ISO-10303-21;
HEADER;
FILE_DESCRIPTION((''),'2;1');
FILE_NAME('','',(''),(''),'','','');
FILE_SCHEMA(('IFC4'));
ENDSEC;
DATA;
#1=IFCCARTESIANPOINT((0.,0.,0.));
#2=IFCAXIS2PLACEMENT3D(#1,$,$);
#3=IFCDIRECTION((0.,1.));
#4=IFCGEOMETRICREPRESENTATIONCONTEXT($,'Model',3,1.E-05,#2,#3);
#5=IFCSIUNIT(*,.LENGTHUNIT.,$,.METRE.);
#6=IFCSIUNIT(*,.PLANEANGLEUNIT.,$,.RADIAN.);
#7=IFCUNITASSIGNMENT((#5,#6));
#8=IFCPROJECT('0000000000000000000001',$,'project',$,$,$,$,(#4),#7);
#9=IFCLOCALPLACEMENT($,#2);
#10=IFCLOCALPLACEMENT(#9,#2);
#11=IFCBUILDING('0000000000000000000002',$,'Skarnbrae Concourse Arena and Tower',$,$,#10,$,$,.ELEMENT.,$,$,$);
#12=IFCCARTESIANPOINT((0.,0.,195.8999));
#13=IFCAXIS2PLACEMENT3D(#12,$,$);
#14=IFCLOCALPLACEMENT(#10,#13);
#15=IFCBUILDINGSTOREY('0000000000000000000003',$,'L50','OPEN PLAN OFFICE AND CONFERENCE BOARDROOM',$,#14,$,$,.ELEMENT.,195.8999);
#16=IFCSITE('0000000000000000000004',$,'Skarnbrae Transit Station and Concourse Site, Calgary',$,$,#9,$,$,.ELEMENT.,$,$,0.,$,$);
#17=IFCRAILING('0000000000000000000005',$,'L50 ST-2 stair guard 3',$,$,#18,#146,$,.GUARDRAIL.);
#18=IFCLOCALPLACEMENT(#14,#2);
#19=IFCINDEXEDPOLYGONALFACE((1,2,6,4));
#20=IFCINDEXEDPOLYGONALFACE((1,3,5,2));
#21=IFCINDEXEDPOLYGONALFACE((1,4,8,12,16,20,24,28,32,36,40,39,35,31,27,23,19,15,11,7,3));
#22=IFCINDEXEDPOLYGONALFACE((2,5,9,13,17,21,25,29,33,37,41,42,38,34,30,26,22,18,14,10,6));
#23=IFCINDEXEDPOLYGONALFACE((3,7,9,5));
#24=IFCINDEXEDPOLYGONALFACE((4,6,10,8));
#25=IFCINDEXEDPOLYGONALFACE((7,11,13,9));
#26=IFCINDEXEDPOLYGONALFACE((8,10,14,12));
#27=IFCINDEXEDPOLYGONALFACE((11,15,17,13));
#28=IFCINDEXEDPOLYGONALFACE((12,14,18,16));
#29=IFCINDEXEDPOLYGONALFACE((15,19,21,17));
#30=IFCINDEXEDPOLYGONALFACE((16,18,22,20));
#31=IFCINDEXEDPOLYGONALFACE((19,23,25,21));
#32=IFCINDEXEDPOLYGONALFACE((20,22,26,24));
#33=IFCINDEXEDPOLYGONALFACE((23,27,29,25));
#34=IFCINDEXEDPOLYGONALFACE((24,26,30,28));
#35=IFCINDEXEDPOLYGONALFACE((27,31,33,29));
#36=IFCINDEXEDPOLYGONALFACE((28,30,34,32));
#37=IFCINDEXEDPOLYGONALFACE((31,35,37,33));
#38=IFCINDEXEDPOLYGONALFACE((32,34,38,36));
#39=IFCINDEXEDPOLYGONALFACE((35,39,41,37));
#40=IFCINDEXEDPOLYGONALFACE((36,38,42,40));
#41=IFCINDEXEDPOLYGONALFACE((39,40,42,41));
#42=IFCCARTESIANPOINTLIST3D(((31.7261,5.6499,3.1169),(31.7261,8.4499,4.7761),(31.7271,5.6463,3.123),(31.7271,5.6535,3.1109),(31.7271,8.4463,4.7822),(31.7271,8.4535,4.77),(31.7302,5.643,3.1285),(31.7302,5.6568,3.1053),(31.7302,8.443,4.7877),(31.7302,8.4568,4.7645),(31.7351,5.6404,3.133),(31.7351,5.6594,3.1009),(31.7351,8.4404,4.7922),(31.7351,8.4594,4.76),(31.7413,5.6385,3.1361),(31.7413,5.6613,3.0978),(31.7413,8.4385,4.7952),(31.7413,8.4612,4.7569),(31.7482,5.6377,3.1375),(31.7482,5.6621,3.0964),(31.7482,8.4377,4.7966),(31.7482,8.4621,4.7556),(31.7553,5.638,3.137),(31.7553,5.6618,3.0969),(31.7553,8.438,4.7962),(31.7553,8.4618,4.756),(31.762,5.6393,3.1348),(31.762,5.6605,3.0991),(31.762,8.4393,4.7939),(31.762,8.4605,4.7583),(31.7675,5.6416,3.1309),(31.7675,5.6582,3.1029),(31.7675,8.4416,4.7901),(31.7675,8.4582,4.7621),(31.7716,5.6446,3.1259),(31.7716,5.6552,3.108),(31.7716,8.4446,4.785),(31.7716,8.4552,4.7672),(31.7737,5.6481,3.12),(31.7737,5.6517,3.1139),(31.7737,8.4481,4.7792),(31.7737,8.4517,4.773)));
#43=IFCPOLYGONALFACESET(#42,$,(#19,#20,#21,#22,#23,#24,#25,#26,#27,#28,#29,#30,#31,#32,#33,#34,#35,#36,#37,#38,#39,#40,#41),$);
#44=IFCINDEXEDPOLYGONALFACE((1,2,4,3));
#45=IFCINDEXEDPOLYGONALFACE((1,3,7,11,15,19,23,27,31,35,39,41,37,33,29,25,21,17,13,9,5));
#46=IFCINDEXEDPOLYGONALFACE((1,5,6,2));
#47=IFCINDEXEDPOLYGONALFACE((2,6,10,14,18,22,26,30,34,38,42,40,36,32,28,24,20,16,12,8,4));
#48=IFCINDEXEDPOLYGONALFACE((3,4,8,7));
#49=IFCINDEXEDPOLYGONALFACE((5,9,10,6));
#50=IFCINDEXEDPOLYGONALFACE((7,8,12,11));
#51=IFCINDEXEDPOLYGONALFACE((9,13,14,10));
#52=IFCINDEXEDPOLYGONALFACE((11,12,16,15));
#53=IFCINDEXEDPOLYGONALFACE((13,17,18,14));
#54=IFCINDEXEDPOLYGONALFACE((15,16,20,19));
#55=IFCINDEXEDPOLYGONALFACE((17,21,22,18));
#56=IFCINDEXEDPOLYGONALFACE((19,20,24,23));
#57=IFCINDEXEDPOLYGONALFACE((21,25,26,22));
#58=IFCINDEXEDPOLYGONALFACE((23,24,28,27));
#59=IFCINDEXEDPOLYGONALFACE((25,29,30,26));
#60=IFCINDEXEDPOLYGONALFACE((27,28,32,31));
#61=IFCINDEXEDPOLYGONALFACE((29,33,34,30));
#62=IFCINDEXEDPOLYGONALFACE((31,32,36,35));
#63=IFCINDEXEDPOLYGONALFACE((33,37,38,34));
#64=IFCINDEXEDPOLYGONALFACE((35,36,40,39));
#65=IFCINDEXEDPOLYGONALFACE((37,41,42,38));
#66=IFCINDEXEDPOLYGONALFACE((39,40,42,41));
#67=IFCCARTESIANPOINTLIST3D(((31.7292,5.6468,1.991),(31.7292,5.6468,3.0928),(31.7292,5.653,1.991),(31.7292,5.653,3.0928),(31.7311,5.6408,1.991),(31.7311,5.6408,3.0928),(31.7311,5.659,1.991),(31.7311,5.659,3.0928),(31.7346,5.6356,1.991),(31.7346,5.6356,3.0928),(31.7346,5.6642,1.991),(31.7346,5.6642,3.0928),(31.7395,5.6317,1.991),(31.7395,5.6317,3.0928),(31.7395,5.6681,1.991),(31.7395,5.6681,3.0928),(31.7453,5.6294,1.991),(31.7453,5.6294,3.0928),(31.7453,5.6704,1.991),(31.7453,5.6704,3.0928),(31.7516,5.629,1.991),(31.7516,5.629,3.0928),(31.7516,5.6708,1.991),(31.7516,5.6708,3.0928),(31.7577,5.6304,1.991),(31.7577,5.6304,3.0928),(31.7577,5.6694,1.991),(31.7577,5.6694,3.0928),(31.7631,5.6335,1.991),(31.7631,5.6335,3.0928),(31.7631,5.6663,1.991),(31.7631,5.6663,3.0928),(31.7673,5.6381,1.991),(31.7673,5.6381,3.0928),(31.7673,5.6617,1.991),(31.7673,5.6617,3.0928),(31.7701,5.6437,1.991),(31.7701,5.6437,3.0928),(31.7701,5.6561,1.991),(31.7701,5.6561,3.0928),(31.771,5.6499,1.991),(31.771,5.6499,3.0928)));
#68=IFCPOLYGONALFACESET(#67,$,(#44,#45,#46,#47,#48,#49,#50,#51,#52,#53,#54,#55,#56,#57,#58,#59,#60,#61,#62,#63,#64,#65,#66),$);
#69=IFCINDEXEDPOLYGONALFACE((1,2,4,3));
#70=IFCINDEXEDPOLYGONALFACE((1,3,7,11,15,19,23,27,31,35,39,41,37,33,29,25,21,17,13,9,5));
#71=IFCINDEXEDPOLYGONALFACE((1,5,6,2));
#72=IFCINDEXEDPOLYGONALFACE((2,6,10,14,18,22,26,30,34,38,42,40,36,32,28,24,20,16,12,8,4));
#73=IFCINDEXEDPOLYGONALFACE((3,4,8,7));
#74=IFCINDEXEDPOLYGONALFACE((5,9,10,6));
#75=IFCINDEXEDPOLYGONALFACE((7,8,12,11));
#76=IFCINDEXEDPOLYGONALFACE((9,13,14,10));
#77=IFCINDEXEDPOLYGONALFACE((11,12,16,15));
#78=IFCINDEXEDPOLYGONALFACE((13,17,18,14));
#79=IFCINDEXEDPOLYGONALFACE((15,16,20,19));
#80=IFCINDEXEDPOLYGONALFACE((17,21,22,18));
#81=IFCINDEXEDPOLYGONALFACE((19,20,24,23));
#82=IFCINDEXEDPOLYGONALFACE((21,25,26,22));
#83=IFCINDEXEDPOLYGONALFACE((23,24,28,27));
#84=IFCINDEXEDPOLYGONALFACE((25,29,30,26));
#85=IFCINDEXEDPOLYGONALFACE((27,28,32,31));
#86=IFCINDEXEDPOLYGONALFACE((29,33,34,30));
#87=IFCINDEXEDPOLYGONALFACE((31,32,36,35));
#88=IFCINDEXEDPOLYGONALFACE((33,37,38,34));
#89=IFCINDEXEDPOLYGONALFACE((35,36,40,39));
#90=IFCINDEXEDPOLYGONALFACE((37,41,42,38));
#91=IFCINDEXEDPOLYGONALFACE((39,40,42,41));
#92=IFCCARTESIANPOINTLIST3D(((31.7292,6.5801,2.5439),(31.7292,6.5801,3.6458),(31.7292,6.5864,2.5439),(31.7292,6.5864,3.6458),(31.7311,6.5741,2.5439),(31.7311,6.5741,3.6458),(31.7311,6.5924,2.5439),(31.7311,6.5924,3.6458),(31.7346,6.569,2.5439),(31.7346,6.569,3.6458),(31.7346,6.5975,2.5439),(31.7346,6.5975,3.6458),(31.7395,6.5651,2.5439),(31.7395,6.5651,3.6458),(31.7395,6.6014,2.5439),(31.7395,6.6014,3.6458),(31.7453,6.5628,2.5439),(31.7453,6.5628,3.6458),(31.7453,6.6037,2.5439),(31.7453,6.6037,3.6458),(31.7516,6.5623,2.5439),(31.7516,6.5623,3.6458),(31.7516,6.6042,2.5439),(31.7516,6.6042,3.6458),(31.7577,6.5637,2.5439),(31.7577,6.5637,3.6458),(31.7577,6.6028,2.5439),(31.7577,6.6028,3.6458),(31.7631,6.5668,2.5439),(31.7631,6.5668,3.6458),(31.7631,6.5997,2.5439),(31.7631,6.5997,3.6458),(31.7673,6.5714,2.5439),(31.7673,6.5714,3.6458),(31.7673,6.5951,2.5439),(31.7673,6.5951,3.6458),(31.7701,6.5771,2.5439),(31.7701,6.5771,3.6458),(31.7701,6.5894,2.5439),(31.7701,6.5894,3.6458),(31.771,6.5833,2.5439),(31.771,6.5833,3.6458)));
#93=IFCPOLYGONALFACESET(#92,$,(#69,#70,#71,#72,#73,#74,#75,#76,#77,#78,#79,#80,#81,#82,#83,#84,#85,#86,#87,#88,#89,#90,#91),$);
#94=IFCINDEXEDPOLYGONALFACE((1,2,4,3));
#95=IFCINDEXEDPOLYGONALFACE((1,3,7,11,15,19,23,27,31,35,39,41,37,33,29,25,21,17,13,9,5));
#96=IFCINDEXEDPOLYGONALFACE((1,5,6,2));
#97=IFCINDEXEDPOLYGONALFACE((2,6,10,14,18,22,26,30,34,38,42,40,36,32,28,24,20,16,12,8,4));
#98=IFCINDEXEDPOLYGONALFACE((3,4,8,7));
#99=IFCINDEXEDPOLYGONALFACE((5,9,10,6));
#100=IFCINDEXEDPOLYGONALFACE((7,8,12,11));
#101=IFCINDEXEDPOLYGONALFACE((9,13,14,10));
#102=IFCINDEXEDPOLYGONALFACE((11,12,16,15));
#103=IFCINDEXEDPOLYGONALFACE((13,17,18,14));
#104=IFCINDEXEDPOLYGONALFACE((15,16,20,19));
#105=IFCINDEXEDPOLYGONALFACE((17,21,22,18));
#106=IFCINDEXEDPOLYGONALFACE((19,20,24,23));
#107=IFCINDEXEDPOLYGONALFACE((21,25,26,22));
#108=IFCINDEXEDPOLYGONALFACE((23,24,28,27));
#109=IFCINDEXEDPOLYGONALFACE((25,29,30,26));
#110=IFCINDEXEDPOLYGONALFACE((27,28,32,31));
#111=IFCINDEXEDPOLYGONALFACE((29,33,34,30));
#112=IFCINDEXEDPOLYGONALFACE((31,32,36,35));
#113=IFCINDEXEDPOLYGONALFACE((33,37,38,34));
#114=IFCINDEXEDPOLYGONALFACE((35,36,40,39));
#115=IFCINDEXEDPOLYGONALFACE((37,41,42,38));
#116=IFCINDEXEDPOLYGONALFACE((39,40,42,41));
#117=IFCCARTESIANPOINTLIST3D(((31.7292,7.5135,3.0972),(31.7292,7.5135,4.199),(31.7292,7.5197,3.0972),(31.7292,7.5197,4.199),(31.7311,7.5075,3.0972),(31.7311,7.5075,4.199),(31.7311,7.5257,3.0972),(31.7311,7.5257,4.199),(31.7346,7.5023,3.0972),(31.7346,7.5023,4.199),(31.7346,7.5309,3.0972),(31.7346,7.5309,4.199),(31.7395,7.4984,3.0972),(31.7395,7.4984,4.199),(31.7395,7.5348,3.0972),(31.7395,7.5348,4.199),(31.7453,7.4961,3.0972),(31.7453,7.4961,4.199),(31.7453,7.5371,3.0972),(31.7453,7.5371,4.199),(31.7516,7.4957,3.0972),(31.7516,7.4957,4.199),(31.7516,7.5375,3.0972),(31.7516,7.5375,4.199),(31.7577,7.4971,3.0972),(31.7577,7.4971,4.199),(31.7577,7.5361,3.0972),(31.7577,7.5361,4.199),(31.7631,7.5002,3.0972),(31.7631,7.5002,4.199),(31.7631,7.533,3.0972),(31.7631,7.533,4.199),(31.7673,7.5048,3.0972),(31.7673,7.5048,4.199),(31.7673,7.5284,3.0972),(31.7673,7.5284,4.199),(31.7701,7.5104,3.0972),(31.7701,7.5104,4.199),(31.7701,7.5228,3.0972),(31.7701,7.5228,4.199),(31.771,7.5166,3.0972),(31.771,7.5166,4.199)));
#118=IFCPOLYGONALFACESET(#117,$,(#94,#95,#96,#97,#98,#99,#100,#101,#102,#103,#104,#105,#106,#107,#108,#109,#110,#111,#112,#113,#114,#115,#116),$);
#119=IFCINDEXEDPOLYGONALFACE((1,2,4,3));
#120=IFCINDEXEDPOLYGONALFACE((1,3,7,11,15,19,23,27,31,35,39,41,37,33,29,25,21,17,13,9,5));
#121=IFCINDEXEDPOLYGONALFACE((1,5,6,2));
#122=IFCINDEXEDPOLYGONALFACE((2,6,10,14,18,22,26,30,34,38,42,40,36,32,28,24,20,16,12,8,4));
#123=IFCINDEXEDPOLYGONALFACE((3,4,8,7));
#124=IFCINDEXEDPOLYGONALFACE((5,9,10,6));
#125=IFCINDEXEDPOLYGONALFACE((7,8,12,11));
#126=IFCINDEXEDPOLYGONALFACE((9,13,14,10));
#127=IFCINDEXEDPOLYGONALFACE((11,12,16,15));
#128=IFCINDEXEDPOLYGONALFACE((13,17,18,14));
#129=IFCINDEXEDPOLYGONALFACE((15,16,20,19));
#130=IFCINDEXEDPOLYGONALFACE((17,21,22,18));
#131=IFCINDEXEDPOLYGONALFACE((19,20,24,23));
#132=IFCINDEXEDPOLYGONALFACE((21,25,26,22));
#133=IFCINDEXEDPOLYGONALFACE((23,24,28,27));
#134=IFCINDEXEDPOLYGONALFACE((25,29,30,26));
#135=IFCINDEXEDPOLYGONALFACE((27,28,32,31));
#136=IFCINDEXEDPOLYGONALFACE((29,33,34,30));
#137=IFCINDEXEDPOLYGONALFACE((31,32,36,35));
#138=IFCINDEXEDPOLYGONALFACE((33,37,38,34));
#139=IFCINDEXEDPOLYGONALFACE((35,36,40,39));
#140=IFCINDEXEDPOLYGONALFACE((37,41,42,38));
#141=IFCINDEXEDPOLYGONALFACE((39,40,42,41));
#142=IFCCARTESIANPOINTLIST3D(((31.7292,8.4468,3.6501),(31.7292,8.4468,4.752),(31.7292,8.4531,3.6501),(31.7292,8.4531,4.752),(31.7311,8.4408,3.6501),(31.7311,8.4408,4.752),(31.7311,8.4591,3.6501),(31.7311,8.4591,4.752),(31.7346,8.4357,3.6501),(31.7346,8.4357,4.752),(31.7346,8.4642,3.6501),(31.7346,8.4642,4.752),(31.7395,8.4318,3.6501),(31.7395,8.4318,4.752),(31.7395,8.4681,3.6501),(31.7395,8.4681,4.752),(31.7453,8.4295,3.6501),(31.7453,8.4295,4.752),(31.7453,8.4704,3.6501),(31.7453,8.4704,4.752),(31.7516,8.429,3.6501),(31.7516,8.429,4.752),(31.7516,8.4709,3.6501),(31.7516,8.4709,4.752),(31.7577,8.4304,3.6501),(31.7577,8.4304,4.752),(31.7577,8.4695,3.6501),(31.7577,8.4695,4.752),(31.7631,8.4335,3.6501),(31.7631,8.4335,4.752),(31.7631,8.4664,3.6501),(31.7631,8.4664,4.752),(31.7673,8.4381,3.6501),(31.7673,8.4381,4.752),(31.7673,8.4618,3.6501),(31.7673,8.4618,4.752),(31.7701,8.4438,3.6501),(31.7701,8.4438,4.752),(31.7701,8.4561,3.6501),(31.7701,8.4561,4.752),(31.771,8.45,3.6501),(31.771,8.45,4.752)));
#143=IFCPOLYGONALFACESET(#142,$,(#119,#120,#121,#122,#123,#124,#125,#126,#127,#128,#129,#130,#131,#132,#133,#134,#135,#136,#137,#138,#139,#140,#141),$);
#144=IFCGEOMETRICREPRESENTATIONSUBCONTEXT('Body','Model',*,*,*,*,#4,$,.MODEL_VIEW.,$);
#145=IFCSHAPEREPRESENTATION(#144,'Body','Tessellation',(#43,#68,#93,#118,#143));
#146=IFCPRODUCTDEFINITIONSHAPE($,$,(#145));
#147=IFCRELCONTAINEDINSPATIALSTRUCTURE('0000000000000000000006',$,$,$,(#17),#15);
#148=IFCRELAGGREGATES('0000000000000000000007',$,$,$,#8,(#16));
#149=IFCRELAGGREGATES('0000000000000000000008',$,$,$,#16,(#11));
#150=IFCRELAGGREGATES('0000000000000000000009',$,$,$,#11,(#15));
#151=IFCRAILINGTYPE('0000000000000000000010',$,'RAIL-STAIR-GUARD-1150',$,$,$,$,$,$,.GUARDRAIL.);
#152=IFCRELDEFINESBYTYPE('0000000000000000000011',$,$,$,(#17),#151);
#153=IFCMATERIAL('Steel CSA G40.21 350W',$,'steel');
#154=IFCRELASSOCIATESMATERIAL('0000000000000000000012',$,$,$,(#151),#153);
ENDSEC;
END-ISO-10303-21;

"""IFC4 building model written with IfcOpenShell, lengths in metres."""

from ifc_helpers import new_model, si_unit, direction, frame, origin, origin_2d, place, context, subcontext, project, spatial, circle, extrude, material, type_object, element, save


model = new_model("IFC4")

# Units and contexts
model_context = context("Model", 3, precision=1e-05, world=origin(), true_north=direction((0.0, 1.0)))
body_context = subcontext(model_context, "Body", "Model", "MODEL_VIEW")
ifc_project = project(units=[si_unit("LENGTHUNIT", "METRE"), si_unit("PLANEANGLEUNIT", "RADIAN")], contexts=[model_context])

# Site, building, storey
site_placement = place(None, origin())
site = spatial("IfcSite", under=ifc_project, at=site_placement, Name="Skarnbrae Transit Station and Concourse Site, Calgary", CompositionType="ELEMENT", RefElevation=0.0)
building_placement = place(site_placement, origin())
building = spatial("IfcBuilding", under=site, at=building_placement, Name="Skarnbrae Concourse Arena and Tower", CompositionType="ELEMENT")
storey_placement = place(building_placement, frame((0.0, 0.0, 195.8999)))
storey = spatial("IfcBuildingStorey", under=building, at=storey_placement, Name="L50", Description="OPEN PLAN OFFICE AND CONFERENCE BOARDROOM", CompositionType="ELEMENT", Elevation=195.8999)

# Shared definitions
ifc_material_1 = material(Name="Steel CSA G40.21 350W", Category="steel")

# Railing
railing_type_1 = type_object("IfcRailingType", Name="RAIL-STAIR-GUARD-1150", PredefinedType="GUARDRAIL", material=ifc_material_1)
railing_1_placement = place(storey_placement, frame((31.75, 5.6499, 1.991)))
element("IfcRailing", 1, at=railing_1_placement, inside=storey, type_object=railing_type_1, Name="L50 ST-2 stair guard 3", PredefinedType="GUARDRAIL", context=body_context, shape_type="SweptSolid", body=[
    extrude(circle(Radius=0.0239, at=origin_2d()), frame((0.0, 0.0, 1.126), z_axis=(0.0, 0.860306, 0.509778), x_axis=(-1.0, 0.0, 0.0)), (0.0, 0.0, 1.0), 3.2546),
    extrude(circle(Radius=0.021, at=origin_2d()), origin(), (0.0, 0.0, 1.0), 1.1018),
    extrude(circle(Radius=0.021, at=origin_2d()), frame((0.0, 0.9333, 0.553)), (0.0, 0.0, 1.0), 1.1018),
    extrude(circle(Radius=0.021, at=origin_2d()), frame((0.0, 1.8667, 1.1062)), (0.0, 0.0, 1.0), 1.1018),
    extrude(circle(Radius=0.021, at=origin_2d()), frame((0.0, 2.8, 1.6592)), (0.0, 0.0, 1.0), 1.1018),
])

save(model, "model.ifc")
